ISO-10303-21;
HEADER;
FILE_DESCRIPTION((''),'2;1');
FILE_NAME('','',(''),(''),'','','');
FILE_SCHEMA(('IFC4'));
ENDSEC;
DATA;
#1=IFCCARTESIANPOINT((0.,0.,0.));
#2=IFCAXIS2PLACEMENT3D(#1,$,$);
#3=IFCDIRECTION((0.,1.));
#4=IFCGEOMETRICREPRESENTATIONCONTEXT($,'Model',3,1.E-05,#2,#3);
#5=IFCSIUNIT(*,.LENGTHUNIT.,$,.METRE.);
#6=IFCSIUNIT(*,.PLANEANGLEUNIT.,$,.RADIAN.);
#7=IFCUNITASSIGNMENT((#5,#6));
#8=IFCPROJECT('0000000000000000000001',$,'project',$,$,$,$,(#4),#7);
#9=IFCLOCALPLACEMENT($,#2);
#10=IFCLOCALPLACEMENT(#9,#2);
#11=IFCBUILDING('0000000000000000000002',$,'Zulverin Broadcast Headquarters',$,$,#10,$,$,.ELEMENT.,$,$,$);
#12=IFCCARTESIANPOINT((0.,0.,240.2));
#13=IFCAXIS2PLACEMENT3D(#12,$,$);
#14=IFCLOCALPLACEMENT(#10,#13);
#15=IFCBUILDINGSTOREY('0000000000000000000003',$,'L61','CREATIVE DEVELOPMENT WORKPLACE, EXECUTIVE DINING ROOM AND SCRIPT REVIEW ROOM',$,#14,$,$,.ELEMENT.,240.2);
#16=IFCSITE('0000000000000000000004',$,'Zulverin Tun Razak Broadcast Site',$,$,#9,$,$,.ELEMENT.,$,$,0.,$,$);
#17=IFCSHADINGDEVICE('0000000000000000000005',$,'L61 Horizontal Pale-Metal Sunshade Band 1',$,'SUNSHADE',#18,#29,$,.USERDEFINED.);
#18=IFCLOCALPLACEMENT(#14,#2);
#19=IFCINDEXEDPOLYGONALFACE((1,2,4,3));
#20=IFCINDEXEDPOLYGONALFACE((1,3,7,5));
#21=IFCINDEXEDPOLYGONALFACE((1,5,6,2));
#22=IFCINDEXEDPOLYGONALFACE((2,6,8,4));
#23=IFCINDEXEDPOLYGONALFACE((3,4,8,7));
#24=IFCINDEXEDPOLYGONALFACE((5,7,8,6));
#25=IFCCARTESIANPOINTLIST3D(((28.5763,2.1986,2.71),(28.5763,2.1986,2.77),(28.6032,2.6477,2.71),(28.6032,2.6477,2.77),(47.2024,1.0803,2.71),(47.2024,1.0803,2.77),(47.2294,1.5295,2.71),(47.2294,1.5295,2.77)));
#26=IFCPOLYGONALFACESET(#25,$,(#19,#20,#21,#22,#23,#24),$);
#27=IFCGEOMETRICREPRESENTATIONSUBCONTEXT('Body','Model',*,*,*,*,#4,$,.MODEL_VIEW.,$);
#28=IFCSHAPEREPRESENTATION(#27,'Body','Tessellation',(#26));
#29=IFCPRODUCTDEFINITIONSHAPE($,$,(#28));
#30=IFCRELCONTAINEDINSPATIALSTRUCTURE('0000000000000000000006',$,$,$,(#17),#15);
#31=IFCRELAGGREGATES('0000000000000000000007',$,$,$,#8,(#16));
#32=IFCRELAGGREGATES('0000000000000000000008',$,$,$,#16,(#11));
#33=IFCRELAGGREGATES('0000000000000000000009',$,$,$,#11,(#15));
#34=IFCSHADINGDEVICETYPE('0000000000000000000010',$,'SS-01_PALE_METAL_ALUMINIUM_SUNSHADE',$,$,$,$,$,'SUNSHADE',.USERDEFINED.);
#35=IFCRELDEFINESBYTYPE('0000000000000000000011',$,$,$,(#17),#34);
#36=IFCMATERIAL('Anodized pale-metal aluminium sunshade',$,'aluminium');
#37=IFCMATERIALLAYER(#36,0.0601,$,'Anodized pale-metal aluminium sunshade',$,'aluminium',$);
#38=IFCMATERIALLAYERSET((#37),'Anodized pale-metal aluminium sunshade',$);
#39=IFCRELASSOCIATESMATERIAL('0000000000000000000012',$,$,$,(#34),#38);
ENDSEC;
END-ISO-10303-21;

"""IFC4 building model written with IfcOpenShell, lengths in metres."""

from ifc_helpers import new_model, si_unit, direction, frame, origin, origin_2d, place, context, subcontext, project, spatial, rectangle, extrude, material, layer, layer_set, type_object, element, save


model = new_model("IFC4")

# Units and contexts
model_context = context("Model", 3, precision=1e-05, world=origin(), true_north=direction((0.0, 1.0)))
body_context = subcontext(model_context, "Body", "Model", "MODEL_VIEW")
ifc_project = project(units=[si_unit("LENGTHUNIT", "METRE"), si_unit("PLANEANGLEUNIT", "RADIAN")], contexts=[model_context])

# Site, building, storey
site_placement = place(None, origin())
site = spatial("IfcSite", under=ifc_project, at=site_placement, Name="Zulverin Tun Razak Broadcast Site", CompositionType="ELEMENT", RefElevation=0.0)
building_placement = place(site_placement, origin())
building = spatial("IfcBuilding", under=site, at=building_placement, Name="Zulverin Broadcast Headquarters", CompositionType="ELEMENT")
storey_placement = place(building_placement, frame((0.0, 0.0, 240.2)))
storey = spatial("IfcBuildingStorey", under=building, at=storey_placement, Name="L61", Description="CREATIVE DEVELOPMENT WORKPLACE, EXECUTIVE DINING ROOM AND SCRIPT REVIEW ROOM", CompositionType="ELEMENT", Elevation=240.2)

# Shading device
ifc_material_1 = material(Name="Anodized pale-metal aluminium sunshade", Category="aluminium")
ifc_layer_1 = layer(ifc_material_1, 0.0601, Name="Anodized pale-metal aluminium sunshade", Category="aluminium")
ifc_layer_set_1 = layer_set([ifc_layer_1], Name="Anodized pale-metal aluminium sunshade")
shading_device_type = type_object("IfcShadingDeviceType", Name="SS-01_PALE_METAL_ALUMINIUM_SUNSHADE", ElementType="SUNSHADE", PredefinedType="USERDEFINED", material=ifc_layer_set_1)
shading_device_placement = place(storey_placement, frame((37.9028, 1.864, 2.71), z_axis=(0.0, 0.0, 1.0), x_axis=(0.998203, -0.059928, 0.0)))
element("IfcShadingDevice", 1, at=shading_device_placement, inside=storey, type_object=shading_device_type, Name="L61 Horizontal Pale-Metal Sunshade Band 1", ObjectType="SUNSHADE", PredefinedType="USERDEFINED", context=body_context, shape_type="SweptSolid", body=[
    extrude(rectangle(XDim=18.6597, YDim=0.45, at=origin_2d()), origin(), (0.0, 0.0, 1.0), 0.0601),
])

save(model, "model.ifc")
